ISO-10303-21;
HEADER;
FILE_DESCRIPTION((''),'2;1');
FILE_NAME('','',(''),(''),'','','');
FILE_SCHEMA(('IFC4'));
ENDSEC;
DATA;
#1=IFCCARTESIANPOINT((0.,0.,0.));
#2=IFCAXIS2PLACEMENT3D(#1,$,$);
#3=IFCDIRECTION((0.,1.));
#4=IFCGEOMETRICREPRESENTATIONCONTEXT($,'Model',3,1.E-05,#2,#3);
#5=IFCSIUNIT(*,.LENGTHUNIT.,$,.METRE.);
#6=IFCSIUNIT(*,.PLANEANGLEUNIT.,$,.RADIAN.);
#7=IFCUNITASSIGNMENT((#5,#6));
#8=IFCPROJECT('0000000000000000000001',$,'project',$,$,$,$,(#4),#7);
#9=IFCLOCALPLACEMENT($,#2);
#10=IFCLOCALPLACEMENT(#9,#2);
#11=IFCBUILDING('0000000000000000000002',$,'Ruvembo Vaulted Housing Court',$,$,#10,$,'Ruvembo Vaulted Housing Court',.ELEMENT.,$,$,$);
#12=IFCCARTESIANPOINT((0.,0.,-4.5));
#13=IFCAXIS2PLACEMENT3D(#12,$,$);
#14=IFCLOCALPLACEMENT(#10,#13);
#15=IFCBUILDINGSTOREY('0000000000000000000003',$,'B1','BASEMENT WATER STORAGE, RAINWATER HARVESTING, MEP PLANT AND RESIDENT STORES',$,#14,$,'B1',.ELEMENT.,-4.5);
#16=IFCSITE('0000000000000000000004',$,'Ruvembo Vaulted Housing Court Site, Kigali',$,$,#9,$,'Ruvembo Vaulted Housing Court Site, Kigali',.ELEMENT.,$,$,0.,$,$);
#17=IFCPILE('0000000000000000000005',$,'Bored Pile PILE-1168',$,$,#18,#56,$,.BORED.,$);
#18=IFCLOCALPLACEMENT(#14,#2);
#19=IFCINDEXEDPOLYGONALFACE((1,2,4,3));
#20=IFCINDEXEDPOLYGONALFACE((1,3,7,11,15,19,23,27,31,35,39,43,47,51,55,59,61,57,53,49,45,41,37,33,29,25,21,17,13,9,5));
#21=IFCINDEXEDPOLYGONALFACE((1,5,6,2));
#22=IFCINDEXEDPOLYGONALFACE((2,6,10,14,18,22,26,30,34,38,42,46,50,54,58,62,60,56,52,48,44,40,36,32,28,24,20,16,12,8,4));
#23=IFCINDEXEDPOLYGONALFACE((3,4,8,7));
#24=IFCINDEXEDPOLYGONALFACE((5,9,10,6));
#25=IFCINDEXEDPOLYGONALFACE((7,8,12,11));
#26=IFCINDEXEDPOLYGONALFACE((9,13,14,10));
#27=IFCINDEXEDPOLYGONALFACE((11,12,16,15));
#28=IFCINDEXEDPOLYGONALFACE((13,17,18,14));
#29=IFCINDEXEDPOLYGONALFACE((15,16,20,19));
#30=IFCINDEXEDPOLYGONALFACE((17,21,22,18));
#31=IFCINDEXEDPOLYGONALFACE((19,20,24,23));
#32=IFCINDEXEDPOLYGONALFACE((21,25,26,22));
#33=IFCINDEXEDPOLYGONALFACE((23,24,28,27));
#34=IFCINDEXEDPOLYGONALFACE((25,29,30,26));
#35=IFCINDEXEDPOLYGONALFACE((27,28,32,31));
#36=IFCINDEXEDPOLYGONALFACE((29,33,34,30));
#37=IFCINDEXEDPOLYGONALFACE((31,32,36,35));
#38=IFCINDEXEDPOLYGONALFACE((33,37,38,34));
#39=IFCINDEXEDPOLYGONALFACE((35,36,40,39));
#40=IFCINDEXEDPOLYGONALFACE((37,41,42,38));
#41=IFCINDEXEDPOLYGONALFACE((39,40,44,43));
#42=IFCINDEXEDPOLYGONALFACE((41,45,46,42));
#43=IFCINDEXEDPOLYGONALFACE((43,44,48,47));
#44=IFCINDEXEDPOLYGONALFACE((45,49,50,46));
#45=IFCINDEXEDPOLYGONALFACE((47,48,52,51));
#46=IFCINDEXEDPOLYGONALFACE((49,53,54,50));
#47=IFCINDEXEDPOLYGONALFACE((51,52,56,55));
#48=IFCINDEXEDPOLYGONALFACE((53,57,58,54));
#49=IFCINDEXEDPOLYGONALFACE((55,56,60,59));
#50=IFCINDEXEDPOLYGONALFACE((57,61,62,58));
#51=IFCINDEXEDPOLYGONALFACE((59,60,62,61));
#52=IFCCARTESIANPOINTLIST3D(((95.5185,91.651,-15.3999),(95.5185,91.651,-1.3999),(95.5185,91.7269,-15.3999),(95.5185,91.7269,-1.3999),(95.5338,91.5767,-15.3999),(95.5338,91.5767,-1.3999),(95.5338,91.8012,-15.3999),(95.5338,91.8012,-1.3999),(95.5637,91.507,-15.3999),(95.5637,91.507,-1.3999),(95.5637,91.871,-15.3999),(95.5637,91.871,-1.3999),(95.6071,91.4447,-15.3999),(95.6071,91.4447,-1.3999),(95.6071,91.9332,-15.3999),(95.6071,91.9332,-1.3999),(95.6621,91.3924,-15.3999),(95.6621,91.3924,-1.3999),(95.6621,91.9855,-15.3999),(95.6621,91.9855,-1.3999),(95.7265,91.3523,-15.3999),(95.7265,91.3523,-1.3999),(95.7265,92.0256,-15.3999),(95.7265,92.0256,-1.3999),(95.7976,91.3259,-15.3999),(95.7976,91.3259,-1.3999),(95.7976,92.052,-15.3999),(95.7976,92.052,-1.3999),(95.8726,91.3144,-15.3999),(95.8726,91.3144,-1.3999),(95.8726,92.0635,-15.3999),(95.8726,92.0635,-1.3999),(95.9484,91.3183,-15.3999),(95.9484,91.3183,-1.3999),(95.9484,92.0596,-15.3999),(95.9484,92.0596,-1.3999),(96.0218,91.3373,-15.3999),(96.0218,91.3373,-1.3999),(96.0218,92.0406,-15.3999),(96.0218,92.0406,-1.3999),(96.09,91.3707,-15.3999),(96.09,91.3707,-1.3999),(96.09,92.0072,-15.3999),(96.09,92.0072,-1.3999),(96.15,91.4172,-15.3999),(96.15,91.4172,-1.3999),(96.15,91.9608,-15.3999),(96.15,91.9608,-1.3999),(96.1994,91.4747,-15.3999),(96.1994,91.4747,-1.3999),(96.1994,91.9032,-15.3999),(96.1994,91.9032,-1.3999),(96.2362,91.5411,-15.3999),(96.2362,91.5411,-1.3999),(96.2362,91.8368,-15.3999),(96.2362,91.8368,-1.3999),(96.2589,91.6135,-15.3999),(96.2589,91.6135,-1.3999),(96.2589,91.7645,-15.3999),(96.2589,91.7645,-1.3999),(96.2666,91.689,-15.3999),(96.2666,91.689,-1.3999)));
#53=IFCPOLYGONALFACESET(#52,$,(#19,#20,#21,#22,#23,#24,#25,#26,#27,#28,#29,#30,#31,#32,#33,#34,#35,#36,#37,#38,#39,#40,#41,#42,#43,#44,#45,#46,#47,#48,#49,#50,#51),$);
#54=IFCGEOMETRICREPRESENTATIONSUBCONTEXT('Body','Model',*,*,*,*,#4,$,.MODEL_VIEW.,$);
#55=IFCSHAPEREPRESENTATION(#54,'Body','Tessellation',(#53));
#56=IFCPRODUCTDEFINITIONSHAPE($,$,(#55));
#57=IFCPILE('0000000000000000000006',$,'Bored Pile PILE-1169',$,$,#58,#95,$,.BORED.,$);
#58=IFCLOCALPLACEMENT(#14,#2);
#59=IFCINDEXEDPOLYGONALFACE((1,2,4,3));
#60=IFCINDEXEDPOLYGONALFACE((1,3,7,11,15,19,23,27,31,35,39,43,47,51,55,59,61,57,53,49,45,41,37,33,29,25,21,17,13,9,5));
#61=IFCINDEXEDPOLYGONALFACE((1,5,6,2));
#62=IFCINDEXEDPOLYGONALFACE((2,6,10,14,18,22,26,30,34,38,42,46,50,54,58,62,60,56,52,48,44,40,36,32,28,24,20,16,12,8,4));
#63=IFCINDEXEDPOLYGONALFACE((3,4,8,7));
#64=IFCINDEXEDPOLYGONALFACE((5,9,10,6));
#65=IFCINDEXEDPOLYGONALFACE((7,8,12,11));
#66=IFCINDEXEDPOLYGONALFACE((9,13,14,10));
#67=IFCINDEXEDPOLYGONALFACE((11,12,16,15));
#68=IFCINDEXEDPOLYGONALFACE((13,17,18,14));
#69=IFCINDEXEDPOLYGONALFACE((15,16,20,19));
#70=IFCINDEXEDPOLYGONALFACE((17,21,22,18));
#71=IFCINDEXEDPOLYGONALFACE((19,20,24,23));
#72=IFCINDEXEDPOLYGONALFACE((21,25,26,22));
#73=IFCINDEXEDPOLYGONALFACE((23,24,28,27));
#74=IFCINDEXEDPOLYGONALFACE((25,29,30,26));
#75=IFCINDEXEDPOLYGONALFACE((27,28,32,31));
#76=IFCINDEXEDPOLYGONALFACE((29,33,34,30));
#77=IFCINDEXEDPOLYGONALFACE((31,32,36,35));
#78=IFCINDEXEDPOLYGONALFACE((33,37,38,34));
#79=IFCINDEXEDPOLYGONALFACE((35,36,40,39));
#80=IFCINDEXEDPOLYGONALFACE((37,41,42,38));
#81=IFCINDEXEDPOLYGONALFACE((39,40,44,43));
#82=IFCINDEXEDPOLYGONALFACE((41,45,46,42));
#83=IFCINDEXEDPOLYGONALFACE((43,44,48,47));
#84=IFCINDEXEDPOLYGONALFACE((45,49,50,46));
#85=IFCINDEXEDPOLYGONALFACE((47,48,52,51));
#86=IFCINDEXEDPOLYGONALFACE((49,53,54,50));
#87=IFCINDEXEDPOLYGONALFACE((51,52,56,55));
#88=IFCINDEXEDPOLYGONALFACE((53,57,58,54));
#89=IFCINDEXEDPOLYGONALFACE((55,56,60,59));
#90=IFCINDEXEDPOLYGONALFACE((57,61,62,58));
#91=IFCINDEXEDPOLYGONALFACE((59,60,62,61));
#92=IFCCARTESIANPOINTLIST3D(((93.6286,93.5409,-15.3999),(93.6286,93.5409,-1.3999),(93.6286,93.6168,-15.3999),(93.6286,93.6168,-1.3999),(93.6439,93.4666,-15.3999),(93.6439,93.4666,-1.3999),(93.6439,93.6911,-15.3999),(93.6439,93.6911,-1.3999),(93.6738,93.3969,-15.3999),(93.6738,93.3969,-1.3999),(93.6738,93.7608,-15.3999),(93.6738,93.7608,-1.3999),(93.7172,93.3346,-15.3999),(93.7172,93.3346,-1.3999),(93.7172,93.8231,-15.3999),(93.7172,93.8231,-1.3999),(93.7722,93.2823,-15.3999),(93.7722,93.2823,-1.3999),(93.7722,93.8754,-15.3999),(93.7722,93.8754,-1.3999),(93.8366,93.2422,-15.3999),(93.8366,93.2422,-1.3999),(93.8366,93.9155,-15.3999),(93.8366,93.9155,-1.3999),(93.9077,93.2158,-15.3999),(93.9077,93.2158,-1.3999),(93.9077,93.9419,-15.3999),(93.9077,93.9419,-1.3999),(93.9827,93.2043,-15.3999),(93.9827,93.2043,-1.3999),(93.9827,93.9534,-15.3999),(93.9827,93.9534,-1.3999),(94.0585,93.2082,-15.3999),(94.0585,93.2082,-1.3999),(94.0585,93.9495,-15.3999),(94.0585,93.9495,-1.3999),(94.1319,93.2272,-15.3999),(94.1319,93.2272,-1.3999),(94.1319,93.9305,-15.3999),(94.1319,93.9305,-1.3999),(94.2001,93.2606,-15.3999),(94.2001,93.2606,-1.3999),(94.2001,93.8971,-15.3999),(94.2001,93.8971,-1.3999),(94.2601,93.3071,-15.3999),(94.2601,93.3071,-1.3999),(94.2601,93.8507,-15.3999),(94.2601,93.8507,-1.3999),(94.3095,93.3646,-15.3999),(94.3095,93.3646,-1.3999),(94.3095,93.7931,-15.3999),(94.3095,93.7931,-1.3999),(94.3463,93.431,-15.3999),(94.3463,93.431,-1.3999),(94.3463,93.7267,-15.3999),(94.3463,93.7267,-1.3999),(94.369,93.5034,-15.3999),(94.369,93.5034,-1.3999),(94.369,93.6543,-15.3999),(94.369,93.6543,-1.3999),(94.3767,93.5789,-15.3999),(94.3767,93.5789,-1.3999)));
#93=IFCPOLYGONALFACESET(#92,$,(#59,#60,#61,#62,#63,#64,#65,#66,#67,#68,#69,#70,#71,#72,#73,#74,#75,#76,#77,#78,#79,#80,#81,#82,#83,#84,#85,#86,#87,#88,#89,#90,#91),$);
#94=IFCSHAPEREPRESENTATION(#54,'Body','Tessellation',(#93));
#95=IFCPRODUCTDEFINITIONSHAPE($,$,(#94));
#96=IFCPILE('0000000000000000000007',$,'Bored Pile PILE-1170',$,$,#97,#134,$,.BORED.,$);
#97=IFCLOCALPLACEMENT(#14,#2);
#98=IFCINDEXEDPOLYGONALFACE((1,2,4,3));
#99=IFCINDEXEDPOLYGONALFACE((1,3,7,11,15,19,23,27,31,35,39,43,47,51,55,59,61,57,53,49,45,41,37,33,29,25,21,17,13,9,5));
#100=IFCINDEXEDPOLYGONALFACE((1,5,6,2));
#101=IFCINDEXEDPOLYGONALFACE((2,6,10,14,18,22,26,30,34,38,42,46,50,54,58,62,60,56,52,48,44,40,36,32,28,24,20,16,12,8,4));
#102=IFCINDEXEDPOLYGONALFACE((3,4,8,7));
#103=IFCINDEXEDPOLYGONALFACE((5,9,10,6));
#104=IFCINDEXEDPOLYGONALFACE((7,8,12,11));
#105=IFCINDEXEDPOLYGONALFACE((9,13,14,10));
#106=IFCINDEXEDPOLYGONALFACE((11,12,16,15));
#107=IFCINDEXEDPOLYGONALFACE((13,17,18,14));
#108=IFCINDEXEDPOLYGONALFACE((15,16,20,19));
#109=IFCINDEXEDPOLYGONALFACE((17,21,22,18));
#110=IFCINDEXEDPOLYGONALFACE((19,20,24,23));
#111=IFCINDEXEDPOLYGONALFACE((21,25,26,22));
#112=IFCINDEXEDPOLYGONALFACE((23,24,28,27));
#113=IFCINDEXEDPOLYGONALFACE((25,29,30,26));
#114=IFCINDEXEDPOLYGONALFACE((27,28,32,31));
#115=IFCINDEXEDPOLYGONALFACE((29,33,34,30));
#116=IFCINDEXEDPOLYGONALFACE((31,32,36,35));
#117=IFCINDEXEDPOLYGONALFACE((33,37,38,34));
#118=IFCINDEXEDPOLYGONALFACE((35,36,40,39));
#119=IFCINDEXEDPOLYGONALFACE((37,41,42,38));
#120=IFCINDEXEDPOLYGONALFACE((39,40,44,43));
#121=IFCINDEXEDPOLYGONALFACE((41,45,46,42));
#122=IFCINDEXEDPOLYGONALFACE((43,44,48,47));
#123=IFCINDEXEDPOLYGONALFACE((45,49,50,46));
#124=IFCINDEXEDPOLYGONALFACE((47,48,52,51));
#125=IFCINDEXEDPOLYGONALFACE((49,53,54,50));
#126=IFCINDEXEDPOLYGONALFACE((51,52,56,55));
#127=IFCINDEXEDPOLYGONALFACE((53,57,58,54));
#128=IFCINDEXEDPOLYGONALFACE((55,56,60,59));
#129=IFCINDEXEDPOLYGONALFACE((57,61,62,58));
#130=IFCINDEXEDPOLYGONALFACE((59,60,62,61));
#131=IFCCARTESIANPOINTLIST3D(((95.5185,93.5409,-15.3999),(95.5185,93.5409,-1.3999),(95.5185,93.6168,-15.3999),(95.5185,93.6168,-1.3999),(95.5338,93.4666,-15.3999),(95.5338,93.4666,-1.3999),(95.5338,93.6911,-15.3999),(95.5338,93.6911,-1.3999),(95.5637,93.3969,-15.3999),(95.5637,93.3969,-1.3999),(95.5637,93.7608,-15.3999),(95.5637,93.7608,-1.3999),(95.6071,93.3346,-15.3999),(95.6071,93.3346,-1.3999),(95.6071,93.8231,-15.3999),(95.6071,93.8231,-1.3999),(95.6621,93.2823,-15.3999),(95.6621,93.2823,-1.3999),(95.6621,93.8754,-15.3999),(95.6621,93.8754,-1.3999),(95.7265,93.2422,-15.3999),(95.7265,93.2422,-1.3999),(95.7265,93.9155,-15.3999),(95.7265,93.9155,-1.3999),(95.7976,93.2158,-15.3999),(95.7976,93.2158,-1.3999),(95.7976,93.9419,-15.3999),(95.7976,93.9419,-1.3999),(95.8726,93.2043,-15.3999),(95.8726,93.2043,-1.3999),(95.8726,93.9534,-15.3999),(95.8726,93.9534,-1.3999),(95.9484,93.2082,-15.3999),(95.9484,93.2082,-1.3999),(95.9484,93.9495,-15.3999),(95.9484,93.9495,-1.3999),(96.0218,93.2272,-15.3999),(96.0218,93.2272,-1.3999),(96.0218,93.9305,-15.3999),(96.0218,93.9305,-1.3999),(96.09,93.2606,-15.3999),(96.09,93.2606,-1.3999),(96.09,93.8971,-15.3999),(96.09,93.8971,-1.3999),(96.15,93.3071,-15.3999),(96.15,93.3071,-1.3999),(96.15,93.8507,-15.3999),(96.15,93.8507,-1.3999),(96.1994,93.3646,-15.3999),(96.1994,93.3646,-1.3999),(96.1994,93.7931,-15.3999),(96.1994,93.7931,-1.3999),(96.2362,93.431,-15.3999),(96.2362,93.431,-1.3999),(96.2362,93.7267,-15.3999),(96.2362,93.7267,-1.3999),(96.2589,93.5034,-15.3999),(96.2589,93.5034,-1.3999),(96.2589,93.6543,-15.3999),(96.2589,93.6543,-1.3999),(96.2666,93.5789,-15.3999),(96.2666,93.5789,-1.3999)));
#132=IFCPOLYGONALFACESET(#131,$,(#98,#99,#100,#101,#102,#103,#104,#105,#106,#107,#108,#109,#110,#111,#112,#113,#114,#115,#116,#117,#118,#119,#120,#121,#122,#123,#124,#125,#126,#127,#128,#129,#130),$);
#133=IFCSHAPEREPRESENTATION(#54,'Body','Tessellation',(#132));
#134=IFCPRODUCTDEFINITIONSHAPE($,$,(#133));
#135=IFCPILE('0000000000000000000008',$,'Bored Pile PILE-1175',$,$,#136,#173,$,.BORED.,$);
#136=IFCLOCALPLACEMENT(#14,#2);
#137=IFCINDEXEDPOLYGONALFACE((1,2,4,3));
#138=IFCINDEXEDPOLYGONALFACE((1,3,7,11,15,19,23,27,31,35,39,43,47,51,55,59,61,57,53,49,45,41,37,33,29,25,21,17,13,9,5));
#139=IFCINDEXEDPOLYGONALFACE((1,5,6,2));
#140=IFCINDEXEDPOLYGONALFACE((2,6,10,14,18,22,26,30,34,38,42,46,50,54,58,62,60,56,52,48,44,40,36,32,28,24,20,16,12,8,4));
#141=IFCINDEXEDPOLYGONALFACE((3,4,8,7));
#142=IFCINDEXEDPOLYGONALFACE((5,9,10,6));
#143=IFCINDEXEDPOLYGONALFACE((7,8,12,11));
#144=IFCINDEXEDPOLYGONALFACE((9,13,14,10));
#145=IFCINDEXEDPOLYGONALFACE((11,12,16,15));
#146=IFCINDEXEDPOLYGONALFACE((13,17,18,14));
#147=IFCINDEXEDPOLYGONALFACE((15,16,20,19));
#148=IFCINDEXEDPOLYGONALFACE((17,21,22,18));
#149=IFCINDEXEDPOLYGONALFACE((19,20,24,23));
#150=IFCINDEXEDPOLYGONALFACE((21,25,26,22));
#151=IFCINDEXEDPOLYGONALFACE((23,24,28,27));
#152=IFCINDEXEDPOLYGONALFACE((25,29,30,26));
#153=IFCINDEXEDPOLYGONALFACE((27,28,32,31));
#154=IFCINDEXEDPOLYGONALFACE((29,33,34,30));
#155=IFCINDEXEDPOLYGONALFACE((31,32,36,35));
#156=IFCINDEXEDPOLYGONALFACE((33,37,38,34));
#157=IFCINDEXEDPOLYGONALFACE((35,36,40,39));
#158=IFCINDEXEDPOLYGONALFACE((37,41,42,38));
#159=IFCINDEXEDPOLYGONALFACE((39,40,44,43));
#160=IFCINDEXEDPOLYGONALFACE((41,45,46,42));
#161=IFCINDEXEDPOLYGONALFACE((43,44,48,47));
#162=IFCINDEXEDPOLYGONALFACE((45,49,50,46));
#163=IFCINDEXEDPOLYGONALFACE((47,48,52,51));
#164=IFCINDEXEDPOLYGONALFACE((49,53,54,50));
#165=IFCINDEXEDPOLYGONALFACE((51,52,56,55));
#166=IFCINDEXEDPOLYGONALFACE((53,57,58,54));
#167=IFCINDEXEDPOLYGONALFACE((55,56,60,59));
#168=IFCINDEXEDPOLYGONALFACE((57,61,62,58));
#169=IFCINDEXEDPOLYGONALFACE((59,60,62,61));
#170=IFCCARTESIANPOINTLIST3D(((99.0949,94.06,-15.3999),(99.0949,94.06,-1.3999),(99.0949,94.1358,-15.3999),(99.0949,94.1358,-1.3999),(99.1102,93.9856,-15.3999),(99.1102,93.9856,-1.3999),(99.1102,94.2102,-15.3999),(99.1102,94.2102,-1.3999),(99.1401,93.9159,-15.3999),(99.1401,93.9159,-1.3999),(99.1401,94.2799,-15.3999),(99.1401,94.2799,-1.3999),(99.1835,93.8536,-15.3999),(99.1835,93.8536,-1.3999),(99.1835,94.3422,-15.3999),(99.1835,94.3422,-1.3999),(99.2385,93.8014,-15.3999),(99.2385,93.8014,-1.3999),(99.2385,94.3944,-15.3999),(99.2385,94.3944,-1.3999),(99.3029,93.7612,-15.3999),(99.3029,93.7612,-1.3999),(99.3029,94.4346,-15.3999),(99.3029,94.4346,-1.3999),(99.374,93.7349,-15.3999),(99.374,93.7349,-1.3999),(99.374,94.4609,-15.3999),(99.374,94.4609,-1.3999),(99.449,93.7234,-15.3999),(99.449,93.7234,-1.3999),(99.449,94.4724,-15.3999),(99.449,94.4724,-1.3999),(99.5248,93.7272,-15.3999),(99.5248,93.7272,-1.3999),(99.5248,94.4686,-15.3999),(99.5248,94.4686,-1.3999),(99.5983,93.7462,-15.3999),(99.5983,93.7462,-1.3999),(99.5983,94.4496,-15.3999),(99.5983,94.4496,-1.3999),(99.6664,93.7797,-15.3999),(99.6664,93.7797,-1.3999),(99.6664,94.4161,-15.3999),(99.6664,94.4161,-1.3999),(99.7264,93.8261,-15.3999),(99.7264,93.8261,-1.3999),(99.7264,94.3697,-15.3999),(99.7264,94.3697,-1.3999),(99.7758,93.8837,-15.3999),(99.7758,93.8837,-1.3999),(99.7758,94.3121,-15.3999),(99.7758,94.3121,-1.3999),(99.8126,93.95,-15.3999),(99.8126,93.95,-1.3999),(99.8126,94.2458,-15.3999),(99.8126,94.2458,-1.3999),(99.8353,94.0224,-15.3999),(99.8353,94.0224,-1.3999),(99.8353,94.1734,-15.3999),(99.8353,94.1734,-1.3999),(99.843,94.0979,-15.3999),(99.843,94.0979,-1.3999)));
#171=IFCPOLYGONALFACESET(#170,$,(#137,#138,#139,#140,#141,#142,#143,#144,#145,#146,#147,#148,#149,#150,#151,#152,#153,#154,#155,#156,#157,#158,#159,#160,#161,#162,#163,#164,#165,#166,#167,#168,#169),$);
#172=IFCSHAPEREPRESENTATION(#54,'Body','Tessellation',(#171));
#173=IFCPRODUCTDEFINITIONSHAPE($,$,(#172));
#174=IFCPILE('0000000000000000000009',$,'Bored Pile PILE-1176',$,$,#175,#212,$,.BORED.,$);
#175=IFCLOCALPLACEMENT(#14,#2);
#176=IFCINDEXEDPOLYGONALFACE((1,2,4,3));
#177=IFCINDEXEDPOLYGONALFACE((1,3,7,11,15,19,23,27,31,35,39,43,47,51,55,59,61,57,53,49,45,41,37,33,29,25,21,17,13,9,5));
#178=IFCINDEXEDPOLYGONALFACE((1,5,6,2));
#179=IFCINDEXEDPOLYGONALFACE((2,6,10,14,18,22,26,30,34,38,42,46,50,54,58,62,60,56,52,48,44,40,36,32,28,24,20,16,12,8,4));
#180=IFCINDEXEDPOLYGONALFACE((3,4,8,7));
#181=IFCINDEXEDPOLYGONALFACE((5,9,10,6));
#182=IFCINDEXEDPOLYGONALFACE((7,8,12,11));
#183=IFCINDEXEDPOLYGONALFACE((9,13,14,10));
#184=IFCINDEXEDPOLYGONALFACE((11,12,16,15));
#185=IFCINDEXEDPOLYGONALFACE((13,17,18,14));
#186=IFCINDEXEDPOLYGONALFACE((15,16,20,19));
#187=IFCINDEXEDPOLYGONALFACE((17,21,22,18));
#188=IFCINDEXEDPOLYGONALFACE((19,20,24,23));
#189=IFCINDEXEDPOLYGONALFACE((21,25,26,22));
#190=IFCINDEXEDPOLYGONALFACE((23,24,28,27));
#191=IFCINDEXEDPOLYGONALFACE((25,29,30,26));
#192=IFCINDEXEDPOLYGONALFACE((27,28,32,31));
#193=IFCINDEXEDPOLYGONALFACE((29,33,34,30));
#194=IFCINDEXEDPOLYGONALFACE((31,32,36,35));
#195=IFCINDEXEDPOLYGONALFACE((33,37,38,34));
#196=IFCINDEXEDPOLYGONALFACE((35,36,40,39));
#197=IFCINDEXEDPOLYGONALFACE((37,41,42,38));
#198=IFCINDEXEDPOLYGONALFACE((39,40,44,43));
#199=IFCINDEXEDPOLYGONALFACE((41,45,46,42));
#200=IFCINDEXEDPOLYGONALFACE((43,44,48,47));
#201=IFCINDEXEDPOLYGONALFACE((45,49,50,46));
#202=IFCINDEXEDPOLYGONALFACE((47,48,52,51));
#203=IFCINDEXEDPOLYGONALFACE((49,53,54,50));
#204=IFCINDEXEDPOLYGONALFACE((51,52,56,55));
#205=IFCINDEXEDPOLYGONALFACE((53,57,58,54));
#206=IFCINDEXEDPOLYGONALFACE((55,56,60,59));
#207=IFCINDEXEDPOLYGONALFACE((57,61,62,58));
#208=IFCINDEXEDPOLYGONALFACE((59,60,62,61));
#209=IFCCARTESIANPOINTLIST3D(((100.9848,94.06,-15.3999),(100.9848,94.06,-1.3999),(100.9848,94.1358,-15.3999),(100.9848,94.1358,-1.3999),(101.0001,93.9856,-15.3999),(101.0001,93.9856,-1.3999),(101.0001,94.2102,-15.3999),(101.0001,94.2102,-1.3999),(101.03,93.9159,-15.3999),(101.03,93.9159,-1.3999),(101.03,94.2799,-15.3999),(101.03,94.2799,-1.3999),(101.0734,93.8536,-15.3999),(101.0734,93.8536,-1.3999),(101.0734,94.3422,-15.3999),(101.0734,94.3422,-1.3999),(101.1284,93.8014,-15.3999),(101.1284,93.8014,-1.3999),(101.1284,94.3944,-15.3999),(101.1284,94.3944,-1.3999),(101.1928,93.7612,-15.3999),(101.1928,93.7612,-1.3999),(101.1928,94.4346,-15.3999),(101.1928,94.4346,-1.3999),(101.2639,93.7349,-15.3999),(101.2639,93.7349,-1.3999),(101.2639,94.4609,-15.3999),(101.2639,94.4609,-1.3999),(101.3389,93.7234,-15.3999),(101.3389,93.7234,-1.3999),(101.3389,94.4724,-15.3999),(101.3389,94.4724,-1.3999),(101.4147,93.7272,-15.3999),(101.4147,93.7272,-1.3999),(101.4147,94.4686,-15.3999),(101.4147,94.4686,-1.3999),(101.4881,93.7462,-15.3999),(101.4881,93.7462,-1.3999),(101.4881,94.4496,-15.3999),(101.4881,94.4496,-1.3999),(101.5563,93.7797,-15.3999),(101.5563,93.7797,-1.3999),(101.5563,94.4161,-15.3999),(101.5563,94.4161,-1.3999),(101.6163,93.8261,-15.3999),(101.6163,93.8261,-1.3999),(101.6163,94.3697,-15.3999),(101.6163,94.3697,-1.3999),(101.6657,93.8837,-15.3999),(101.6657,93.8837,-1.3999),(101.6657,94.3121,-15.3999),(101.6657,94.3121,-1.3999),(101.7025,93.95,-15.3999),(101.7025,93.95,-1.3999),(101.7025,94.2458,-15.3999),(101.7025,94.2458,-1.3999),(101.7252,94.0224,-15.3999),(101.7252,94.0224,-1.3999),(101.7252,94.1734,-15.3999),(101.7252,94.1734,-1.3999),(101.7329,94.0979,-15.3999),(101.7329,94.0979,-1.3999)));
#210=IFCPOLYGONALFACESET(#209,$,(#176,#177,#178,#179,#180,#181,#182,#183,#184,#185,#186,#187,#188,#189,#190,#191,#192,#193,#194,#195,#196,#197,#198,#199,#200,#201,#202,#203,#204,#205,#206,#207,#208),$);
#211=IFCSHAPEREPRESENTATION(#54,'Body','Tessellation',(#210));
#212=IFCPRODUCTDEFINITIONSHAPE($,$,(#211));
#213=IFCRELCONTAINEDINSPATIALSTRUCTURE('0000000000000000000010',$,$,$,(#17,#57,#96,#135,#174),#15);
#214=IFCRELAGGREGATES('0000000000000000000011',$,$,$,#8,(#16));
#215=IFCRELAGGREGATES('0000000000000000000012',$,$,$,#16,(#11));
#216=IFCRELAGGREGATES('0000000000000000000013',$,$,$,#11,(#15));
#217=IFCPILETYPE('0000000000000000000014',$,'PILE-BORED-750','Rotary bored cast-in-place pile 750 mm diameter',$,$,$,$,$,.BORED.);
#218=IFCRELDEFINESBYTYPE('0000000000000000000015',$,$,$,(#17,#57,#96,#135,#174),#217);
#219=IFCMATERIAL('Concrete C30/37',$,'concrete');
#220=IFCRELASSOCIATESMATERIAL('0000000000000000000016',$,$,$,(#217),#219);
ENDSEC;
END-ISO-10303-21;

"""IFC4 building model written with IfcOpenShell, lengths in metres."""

from ifc_helpers import new_model, si_unit, direction, frame, origin, origin_2d, place, context, subcontext, project, spatial, circle, extrude, material, material_profile, profile_set, type_object, element, save


model = new_model("IFC4")

# Units and contexts
model_context = context("Model", 3, precision=1e-05, world=origin(), true_north=direction((0.0, 1.0)))
body_context = subcontext(model_context, "Body", "Model", "MODEL_VIEW")
ifc_project = project(units=[si_unit("LENGTHUNIT", "METRE"), si_unit("PLANEANGLEUNIT", "RADIAN")], contexts=[model_context])

# Site, building, storey
site_placement = place(None, origin())
site = spatial("IfcSite", under=ifc_project, at=site_placement, Name="Ruvembo Vaulted Housing Court Site, Kigali", LongName="Ruvembo Vaulted Housing Court Site, Kigali", CompositionType="ELEMENT", RefElevation=0.0)
building_placement = place(site_placement, origin())
building = spatial("IfcBuilding", under=site, at=building_placement, Name="Ruvembo Vaulted Housing Court", LongName="Ruvembo Vaulted Housing Court", CompositionType="ELEMENT")
storey_placement = place(building_placement, frame((0.0, 0.0, -4.5)))
storey = spatial("IfcBuildingStorey", under=building, at=storey_placement, Name="B1", Description="BASEMENT WATER STORAGE, RAINWATER HARVESTING, MEP PLANT AND RESIDENT STORES", LongName="B1", CompositionType="ELEMENT", Elevation=-4.5)

# Piles
ifc_material_1 = material(Name="Concrete C30/37", Category="concrete")
ifc_material_profile_1 = material_profile(ifc_material_1, circle(Radius=0.375, at=origin_2d()), Name="PILE D750")
ifc_profile_set_1 = profile_set([ifc_material_profile_1], Name="Concrete C30/37")
pile_type_1 = type_object("IfcPileType", Name="PILE-BORED-750", Description="Rotary bored cast-in-place pile 750 mm diameter", PredefinedType="BORED", material=ifc_profile_set_1)
for number, where, z_axis, x_axis, name in (
    (1, (95.8916, 91.689, -1.3999), (0.0, 0.0, -1.0), (1.0, 0.0, 0.0), "Bored Pile PILE-1168"),
    (2, (94.0017, 93.5789, -1.3999), (0.0, 0.0, -1.0), (1.0, 0.0, 0.0), "Bored Pile PILE-1169"),
    (3, (95.8916, 93.5789, -1.3999), (0.0, 0.0, -1.0), (1.0, 0.0, 0.0), "Bored Pile PILE-1170"),
    (4, (99.468, 94.0979, -1.3999), (0.0, 0.0, -1.0), (1.0, 0.0, 0.0), "Bored Pile PILE-1175"),
    (5, (101.3579, 94.0979, -1.3999), (0.0, 0.0, -1.0), (1.0, 0.0, 0.0), "Bored Pile PILE-1176"),
):
    element("IfcPile", number, at=place(storey_placement, frame(where, z_axis=z_axis, x_axis=x_axis)), inside=storey, type_object=pile_type_1, Name=name, PredefinedType="BORED", context=body_context, shape_type="SweptSolid", body=[
        extrude(circle(Radius=0.375, at=origin_2d()), origin(), (0.0, 0.0, 1.0), 14.0),
    ])

save(model, "model.ifc")
